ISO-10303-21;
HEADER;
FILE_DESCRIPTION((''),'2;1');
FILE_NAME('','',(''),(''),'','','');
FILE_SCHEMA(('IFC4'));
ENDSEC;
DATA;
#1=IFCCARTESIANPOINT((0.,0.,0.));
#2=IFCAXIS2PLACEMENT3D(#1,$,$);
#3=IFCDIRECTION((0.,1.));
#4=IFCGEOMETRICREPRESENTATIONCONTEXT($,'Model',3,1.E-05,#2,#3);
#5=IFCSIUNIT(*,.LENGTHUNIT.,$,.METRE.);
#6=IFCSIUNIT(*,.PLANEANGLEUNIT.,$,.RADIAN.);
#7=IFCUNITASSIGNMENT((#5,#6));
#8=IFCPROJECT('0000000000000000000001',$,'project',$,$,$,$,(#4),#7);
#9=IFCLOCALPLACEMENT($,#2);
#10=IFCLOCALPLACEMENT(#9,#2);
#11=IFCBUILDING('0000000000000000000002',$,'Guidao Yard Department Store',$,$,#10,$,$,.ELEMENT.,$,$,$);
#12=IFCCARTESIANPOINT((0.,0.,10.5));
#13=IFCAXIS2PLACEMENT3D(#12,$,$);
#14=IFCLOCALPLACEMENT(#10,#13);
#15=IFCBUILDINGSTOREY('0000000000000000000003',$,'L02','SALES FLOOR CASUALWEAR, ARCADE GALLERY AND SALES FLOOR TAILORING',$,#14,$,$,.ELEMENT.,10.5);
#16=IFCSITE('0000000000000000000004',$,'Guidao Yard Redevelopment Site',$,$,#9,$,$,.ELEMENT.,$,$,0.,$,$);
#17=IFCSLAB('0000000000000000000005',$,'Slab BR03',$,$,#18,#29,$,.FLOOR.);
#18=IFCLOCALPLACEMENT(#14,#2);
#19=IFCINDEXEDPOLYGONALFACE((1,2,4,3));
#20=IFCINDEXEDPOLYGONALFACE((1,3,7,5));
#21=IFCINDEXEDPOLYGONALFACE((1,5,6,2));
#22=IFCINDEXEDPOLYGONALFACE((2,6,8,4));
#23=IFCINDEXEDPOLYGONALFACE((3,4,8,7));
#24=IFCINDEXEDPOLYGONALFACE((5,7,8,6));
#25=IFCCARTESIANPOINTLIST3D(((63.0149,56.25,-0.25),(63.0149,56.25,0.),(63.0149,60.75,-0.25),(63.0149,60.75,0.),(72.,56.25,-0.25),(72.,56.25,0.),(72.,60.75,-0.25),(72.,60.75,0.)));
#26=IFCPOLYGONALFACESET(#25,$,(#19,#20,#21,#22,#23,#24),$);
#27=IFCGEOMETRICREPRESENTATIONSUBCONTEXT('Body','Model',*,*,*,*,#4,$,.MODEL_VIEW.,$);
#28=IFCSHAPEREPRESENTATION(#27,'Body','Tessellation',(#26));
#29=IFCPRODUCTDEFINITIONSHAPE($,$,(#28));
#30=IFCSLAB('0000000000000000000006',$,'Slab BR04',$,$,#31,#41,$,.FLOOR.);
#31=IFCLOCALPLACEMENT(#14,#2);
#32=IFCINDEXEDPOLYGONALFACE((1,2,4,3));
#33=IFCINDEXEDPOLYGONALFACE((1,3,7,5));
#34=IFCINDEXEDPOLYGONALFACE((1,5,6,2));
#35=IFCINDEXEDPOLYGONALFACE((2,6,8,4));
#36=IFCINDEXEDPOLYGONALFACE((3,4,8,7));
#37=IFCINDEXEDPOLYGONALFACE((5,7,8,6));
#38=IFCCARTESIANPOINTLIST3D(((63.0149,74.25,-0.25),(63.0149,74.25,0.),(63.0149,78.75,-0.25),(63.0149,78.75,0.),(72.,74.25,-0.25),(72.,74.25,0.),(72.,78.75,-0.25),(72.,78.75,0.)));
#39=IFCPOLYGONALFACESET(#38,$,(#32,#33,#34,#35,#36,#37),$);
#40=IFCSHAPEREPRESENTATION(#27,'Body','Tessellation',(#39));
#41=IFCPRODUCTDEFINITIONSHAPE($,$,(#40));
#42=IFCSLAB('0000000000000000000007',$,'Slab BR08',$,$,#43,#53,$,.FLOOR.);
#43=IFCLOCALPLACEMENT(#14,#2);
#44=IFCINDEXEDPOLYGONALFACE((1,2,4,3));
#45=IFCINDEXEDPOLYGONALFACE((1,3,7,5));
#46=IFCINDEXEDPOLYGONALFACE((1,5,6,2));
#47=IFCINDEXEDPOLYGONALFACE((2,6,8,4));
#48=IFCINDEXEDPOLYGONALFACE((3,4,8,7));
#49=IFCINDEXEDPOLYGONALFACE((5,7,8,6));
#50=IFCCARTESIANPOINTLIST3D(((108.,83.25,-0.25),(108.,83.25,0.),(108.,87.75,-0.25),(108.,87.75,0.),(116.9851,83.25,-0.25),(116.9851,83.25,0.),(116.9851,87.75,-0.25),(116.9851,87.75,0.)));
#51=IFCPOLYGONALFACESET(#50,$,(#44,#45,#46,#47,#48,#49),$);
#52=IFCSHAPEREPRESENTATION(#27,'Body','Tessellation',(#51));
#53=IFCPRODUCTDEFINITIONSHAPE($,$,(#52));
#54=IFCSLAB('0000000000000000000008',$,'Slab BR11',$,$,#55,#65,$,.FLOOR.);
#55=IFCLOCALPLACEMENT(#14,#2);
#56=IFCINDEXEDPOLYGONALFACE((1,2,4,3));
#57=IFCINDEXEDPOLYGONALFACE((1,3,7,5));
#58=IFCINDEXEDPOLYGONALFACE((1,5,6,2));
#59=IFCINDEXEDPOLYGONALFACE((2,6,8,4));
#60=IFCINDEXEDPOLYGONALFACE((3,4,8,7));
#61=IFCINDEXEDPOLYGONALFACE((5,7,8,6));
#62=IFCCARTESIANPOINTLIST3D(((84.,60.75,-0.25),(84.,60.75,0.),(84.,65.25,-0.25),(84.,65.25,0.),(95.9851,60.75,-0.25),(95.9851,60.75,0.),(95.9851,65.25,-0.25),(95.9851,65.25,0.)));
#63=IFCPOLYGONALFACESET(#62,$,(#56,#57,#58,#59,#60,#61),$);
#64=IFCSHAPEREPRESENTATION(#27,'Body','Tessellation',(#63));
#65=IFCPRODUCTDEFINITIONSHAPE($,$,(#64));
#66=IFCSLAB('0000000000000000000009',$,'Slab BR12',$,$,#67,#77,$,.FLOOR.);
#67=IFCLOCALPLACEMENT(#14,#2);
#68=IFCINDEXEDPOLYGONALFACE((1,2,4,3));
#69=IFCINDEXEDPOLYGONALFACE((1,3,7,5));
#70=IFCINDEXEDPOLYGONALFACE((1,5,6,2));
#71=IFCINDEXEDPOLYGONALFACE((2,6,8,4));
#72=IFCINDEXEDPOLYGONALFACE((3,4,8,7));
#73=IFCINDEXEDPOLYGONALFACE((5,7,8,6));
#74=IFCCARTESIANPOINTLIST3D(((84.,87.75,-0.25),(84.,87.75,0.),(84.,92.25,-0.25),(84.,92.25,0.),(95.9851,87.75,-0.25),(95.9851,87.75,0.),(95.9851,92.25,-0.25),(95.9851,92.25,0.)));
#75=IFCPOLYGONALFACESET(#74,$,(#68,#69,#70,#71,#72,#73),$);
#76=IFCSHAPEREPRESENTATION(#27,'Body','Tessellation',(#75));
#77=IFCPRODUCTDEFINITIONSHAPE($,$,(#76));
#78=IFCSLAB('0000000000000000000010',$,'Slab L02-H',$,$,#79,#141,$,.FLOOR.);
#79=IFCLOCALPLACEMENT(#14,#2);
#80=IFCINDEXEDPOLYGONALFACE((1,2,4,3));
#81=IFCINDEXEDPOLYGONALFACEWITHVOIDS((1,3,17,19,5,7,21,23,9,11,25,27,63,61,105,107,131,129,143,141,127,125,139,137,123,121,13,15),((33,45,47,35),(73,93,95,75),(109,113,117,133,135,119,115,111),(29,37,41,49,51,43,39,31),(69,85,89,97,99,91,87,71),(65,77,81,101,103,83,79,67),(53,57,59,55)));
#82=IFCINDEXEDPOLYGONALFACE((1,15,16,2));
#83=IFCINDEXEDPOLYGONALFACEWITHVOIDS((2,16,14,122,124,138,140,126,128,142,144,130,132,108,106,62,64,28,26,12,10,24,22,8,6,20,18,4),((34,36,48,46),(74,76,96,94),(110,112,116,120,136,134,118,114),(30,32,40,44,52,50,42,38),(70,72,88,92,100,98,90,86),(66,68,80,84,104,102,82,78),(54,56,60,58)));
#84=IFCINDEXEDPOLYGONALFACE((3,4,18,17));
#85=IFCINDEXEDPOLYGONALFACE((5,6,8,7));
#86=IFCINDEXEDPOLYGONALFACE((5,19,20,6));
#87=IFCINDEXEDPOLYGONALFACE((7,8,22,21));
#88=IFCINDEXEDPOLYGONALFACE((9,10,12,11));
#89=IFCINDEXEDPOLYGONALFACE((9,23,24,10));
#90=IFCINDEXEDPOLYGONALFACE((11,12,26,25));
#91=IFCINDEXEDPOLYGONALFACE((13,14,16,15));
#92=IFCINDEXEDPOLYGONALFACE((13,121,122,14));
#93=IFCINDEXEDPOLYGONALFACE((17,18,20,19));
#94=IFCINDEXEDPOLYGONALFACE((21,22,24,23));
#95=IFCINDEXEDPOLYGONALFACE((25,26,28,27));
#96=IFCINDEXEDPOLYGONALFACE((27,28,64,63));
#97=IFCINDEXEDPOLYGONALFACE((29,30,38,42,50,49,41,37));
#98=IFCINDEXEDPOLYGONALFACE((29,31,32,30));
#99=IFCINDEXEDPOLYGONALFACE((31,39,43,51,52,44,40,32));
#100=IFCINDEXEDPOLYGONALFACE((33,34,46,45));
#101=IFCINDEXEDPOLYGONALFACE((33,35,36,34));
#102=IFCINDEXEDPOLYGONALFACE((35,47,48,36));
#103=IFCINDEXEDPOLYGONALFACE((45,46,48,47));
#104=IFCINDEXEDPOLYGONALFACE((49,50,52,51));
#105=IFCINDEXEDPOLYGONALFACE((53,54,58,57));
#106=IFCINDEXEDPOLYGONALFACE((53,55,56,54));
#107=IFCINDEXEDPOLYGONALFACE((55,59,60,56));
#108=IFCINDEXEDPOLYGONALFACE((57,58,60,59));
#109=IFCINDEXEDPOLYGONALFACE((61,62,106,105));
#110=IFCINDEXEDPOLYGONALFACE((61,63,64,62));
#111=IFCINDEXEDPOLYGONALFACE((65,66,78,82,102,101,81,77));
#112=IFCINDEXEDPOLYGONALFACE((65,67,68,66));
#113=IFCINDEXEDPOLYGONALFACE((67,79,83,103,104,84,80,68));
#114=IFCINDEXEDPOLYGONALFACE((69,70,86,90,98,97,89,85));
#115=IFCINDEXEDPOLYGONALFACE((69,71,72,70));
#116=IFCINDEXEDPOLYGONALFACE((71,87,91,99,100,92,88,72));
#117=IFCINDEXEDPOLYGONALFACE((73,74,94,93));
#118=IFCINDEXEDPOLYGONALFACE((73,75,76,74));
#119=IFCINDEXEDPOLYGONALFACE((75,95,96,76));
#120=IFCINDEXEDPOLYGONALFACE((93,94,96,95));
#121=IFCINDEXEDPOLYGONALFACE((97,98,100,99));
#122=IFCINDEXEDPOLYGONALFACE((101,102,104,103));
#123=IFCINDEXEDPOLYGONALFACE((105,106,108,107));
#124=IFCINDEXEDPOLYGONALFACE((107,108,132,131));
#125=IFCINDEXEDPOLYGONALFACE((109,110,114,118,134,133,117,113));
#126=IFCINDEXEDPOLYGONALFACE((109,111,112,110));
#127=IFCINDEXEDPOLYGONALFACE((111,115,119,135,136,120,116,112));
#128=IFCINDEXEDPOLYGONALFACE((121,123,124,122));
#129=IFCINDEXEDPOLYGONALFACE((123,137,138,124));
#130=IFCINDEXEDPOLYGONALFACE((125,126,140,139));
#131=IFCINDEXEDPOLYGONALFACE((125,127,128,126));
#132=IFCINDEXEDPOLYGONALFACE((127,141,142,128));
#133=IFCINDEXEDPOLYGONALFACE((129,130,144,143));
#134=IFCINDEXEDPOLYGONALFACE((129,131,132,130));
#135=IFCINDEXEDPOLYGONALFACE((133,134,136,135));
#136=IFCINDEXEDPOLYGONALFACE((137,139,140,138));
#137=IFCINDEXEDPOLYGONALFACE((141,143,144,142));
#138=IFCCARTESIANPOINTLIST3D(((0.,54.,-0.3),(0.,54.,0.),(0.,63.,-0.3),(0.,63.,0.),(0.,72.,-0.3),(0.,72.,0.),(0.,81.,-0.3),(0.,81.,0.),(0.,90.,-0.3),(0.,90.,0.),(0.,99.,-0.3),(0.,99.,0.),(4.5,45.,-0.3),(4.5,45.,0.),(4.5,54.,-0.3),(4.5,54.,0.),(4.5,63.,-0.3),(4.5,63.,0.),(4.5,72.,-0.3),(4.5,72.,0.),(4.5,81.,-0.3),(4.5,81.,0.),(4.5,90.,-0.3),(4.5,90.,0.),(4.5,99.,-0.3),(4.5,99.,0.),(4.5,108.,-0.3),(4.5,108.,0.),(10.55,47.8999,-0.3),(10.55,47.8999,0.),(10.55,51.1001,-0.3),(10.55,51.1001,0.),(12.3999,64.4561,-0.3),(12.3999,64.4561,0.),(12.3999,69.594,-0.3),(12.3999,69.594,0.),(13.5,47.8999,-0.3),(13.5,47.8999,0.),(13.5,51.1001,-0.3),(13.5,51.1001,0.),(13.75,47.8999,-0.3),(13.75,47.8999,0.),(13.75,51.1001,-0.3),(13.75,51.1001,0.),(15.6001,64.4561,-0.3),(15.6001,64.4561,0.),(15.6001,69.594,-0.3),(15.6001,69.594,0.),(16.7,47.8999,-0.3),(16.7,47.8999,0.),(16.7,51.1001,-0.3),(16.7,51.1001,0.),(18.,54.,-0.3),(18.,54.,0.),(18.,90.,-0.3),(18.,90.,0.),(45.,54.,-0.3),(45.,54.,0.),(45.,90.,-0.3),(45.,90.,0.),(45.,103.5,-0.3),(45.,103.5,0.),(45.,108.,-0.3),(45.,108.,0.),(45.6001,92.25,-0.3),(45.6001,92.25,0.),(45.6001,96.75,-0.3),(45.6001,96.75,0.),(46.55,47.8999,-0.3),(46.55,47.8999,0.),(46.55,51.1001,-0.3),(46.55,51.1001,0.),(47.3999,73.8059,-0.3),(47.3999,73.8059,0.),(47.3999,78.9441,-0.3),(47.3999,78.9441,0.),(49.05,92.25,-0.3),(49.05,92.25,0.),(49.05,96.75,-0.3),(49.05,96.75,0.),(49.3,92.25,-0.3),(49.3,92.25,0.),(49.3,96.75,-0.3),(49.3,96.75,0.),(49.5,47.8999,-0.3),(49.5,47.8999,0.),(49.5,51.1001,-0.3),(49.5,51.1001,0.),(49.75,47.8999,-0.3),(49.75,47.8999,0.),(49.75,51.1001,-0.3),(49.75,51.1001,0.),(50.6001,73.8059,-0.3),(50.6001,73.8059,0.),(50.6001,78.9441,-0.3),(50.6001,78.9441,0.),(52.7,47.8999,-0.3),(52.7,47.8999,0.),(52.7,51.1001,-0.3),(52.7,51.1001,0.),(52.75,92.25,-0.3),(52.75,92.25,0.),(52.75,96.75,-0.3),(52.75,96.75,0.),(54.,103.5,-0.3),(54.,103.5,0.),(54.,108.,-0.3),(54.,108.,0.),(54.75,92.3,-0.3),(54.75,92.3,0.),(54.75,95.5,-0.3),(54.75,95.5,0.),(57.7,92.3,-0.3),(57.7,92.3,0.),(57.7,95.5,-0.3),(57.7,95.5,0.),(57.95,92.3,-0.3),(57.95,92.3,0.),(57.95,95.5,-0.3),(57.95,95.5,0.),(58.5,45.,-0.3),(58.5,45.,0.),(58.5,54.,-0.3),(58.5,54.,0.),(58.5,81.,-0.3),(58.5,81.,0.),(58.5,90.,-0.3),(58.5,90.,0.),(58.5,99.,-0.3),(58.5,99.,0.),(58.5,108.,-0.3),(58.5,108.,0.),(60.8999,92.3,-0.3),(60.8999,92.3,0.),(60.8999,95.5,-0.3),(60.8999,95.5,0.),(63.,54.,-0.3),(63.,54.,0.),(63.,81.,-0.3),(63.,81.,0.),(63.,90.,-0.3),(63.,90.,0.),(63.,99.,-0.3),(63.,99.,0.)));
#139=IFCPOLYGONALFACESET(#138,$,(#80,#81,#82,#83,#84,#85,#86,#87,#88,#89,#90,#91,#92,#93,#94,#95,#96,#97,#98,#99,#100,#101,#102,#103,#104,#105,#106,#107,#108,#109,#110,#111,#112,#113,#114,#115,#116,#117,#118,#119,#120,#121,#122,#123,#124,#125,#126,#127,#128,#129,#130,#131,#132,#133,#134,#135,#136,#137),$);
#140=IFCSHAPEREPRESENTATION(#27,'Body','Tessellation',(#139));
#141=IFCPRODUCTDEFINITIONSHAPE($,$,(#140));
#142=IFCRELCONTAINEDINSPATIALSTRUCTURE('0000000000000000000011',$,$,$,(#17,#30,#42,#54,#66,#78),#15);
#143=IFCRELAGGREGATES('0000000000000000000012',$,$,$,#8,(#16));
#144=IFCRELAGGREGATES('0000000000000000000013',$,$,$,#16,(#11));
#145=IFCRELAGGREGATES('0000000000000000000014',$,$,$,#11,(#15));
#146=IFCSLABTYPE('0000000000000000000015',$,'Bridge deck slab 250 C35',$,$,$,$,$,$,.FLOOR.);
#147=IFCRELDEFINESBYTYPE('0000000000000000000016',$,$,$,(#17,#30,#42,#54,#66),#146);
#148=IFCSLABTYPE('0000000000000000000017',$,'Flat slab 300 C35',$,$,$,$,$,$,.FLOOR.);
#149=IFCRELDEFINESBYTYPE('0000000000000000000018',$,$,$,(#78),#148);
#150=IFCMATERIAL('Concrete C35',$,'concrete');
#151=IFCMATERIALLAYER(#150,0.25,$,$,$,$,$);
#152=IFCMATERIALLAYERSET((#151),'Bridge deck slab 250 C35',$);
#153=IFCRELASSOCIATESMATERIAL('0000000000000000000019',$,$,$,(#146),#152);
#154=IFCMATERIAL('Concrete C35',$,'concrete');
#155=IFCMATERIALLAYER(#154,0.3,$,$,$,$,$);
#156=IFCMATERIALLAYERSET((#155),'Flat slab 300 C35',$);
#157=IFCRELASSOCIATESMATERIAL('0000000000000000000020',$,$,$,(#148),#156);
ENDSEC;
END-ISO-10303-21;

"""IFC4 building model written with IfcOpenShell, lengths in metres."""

from ifc_helpers import new_model, si_unit, direction, frame, origin, place, context, subcontext, project, spatial, polyline, outline, extrude, material, layer, layer_set, type_object, element, save


model = new_model("IFC4")

# Units and contexts
model_context = context("Model", 3, precision=1e-05, world=origin(), true_north=direction((0.0, 1.0)))
body_context = subcontext(model_context, "Body", "Model", "MODEL_VIEW")
ifc_project = project(units=[si_unit("LENGTHUNIT", "METRE"), si_unit("PLANEANGLEUNIT", "RADIAN")], contexts=[model_context])

# Site, building, storey
site_placement = place(None, origin())
site = spatial("IfcSite", under=ifc_project, at=site_placement, Name="Guidao Yard Redevelopment Site", CompositionType="ELEMENT", RefElevation=0.0)
building_placement = place(site_placement, origin())
building = spatial("IfcBuilding", under=site, at=building_placement, Name="Guidao Yard Department Store", CompositionType="ELEMENT")
storey_placement = place(building_placement, frame((0.0, 0.0, 10.5)))
storey = spatial("IfcBuildingStorey", under=building, at=storey_placement, Name="L02", Description="SALES FLOOR CASUALWEAR, ARCADE GALLERY AND SALES FLOOR TAILORING", CompositionType="ELEMENT", Elevation=10.5)

# Slabs
ifc_material_1 = material(Name="Concrete C35", Category="concrete")
ifc_layer_1 = layer(ifc_material_1, 0.25)
ifc_layer_set_1 = layer_set([ifc_layer_1], Name="Bridge deck slab 250 C35")
slab_type_1 = type_object("IfcSlabType", Name="Bridge deck slab 250 C35", PredefinedType="FLOOR", material=ifc_layer_set_1)
slab_1_placement = place(storey_placement, frame((0.0, 0.0, -0.25)))
element("IfcSlab", 1, at=slab_1_placement, inside=storey, type_object=slab_type_1, Name="Slab BR03", PredefinedType="FLOOR", context=body_context, shape_type="SweptSolid", body=[
    extrude(outline(polyline([(63.0149, 56.25), (63.0149, 60.75), (72.0, 60.75), (72.0, 56.25), (63.0149, 56.25)])), origin(), (0.0, 0.0, 1.0), 0.25),
])
slab_2_placement = place(storey_placement, frame((0.0, 0.0, -0.25)))
element("IfcSlab", 2, at=slab_2_placement, inside=storey, type_object=slab_type_1, Name="Slab BR04", PredefinedType="FLOOR", context=body_context, shape_type="SweptSolid", body=[
    extrude(outline(polyline([(63.0149, 74.25), (63.0149, 78.75), (72.0, 78.75), (72.0, 74.25), (63.0149, 74.25)])), origin(), (0.0, 0.0, 1.0), 0.25),
])
slab_3_placement = place(storey_placement, frame((0.0, 0.0, -0.25)))
element("IfcSlab", 3, at=slab_3_placement, inside=storey, type_object=slab_type_1, Name="Slab BR08", PredefinedType="FLOOR", context=body_context, shape_type="SweptSolid", body=[
    extrude(outline(polyline([(108.0, 83.25), (108.0, 87.75), (116.9851, 87.75), (116.9851, 83.25), (108.0, 83.25)])), origin(), (0.0, 0.0, 1.0), 0.25),
])
slab_4_placement = place(storey_placement, frame((0.0, 0.0, -0.25)))
element("IfcSlab", 4, at=slab_4_placement, inside=storey, type_object=slab_type_1, Name="Slab BR11", PredefinedType="FLOOR", context=body_context, shape_type="SweptSolid", body=[
    extrude(outline(polyline([(95.9851, 60.75), (84.0, 60.75), (84.0, 65.25), (95.9851, 65.25), (95.9851, 60.75)])), origin(), (0.0, 0.0, 1.0), 0.25),
])
slab_5_placement = place(storey_placement, frame((0.0, 0.0, -0.25)))
element("IfcSlab", 5, at=slab_5_placement, inside=storey, type_object=slab_type_1, Name="Slab BR12", PredefinedType="FLOOR", context=body_context, shape_type="SweptSolid", body=[
    extrude(outline(polyline([(95.9851, 87.75), (84.0, 87.75), (84.0, 92.25), (95.9851, 92.25), (95.9851, 87.75)])), origin(), (0.0, 0.0, 1.0), 0.25),
])
ifc_material_2 = material(Name="Concrete C35", Category="concrete")
ifc_layer_2 = layer(ifc_material_2, 0.3)
ifc_layer_set_2 = layer_set([ifc_layer_2], Name="Flat slab 300 C35")
slab_type_2 = type_object("IfcSlabType", Name="Flat slab 300 C35", PredefinedType="FLOOR", material=ifc_layer_set_2)
slab_6_placement = place(storey_placement, frame((0.0, 0.0, -0.3)))
element("IfcSlab", 6, at=slab_6_placement, inside=storey, type_object=slab_type_2, Name="Slab L02-H", PredefinedType="FLOOR", context=body_context, shape_type="SweptSolid", body=[
    extrude(outline(polyline([(58.5, 54.0), (58.5, 45.0), (4.5, 45.0), (4.5, 54.0), (0.0, 54.0), (0.0, 63.0), (4.5, 63.0), (4.5, 72.0), (0.0, 72.0), (0.0, 81.0), (4.5, 81.0), (4.5, 90.0), (0.0, 90.0), (0.0, 99.0), (4.5, 99.0), (4.5, 108.0), (45.0, 108.0), (45.0, 103.5), (54.0, 103.5), (54.0, 108.0), (58.5, 108.0), (58.5, 99.0), (63.0, 99.0), (63.0, 90.0), (58.5, 90.0), (58.5, 81.0), (63.0, 81.0), (63.0, 54.0), (58.5, 54.0)]), holes=[polyline([(16.7, 51.1001), (13.75, 51.1001), (13.5, 51.1001), (10.55, 51.1001), (10.55, 47.8999), (13.5, 47.8999), (13.75, 47.8999), (16.7, 47.8999), (16.7, 51.1001)]), polyline([(46.55, 51.1001), (46.55, 47.8999), (49.5, 47.8999), (49.75, 47.8999), (52.7, 47.8999), (52.7, 51.1001), (49.75, 51.1001), (49.5, 51.1001), (46.55, 51.1001)]), polyline([(12.3999, 69.594), (12.3999, 64.4561), (15.6001, 64.4561), (15.6001, 69.594), (12.3999, 69.594)]), polyline([(18.0, 90.0), (18.0, 54.0), (45.0, 54.0), (45.0, 90.0), (18.0, 90.0)]), polyline([(50.6001, 78.9441), (47.3999, 78.9441), (47.3999, 73.8059), (50.6001, 73.8059), (50.6001, 78.9441)]), polyline([(54.75, 92.3), (57.7, 92.3), (57.95, 92.3), (60.8999, 92.3), (60.8999, 95.5), (57.95, 95.5), (57.7, 95.5), (54.75, 95.5), (54.75, 92.3)]), polyline([(45.6001, 92.25), (49.05, 92.25), (49.3, 92.25), (52.75, 92.25), (52.75, 96.75), (49.3, 96.75), (49.05, 96.75), (45.6001, 96.75), (45.6001, 92.25)])]), origin(), (0.0, 0.0, 1.0), 0.3),
])

save(model, "model.ifc")
